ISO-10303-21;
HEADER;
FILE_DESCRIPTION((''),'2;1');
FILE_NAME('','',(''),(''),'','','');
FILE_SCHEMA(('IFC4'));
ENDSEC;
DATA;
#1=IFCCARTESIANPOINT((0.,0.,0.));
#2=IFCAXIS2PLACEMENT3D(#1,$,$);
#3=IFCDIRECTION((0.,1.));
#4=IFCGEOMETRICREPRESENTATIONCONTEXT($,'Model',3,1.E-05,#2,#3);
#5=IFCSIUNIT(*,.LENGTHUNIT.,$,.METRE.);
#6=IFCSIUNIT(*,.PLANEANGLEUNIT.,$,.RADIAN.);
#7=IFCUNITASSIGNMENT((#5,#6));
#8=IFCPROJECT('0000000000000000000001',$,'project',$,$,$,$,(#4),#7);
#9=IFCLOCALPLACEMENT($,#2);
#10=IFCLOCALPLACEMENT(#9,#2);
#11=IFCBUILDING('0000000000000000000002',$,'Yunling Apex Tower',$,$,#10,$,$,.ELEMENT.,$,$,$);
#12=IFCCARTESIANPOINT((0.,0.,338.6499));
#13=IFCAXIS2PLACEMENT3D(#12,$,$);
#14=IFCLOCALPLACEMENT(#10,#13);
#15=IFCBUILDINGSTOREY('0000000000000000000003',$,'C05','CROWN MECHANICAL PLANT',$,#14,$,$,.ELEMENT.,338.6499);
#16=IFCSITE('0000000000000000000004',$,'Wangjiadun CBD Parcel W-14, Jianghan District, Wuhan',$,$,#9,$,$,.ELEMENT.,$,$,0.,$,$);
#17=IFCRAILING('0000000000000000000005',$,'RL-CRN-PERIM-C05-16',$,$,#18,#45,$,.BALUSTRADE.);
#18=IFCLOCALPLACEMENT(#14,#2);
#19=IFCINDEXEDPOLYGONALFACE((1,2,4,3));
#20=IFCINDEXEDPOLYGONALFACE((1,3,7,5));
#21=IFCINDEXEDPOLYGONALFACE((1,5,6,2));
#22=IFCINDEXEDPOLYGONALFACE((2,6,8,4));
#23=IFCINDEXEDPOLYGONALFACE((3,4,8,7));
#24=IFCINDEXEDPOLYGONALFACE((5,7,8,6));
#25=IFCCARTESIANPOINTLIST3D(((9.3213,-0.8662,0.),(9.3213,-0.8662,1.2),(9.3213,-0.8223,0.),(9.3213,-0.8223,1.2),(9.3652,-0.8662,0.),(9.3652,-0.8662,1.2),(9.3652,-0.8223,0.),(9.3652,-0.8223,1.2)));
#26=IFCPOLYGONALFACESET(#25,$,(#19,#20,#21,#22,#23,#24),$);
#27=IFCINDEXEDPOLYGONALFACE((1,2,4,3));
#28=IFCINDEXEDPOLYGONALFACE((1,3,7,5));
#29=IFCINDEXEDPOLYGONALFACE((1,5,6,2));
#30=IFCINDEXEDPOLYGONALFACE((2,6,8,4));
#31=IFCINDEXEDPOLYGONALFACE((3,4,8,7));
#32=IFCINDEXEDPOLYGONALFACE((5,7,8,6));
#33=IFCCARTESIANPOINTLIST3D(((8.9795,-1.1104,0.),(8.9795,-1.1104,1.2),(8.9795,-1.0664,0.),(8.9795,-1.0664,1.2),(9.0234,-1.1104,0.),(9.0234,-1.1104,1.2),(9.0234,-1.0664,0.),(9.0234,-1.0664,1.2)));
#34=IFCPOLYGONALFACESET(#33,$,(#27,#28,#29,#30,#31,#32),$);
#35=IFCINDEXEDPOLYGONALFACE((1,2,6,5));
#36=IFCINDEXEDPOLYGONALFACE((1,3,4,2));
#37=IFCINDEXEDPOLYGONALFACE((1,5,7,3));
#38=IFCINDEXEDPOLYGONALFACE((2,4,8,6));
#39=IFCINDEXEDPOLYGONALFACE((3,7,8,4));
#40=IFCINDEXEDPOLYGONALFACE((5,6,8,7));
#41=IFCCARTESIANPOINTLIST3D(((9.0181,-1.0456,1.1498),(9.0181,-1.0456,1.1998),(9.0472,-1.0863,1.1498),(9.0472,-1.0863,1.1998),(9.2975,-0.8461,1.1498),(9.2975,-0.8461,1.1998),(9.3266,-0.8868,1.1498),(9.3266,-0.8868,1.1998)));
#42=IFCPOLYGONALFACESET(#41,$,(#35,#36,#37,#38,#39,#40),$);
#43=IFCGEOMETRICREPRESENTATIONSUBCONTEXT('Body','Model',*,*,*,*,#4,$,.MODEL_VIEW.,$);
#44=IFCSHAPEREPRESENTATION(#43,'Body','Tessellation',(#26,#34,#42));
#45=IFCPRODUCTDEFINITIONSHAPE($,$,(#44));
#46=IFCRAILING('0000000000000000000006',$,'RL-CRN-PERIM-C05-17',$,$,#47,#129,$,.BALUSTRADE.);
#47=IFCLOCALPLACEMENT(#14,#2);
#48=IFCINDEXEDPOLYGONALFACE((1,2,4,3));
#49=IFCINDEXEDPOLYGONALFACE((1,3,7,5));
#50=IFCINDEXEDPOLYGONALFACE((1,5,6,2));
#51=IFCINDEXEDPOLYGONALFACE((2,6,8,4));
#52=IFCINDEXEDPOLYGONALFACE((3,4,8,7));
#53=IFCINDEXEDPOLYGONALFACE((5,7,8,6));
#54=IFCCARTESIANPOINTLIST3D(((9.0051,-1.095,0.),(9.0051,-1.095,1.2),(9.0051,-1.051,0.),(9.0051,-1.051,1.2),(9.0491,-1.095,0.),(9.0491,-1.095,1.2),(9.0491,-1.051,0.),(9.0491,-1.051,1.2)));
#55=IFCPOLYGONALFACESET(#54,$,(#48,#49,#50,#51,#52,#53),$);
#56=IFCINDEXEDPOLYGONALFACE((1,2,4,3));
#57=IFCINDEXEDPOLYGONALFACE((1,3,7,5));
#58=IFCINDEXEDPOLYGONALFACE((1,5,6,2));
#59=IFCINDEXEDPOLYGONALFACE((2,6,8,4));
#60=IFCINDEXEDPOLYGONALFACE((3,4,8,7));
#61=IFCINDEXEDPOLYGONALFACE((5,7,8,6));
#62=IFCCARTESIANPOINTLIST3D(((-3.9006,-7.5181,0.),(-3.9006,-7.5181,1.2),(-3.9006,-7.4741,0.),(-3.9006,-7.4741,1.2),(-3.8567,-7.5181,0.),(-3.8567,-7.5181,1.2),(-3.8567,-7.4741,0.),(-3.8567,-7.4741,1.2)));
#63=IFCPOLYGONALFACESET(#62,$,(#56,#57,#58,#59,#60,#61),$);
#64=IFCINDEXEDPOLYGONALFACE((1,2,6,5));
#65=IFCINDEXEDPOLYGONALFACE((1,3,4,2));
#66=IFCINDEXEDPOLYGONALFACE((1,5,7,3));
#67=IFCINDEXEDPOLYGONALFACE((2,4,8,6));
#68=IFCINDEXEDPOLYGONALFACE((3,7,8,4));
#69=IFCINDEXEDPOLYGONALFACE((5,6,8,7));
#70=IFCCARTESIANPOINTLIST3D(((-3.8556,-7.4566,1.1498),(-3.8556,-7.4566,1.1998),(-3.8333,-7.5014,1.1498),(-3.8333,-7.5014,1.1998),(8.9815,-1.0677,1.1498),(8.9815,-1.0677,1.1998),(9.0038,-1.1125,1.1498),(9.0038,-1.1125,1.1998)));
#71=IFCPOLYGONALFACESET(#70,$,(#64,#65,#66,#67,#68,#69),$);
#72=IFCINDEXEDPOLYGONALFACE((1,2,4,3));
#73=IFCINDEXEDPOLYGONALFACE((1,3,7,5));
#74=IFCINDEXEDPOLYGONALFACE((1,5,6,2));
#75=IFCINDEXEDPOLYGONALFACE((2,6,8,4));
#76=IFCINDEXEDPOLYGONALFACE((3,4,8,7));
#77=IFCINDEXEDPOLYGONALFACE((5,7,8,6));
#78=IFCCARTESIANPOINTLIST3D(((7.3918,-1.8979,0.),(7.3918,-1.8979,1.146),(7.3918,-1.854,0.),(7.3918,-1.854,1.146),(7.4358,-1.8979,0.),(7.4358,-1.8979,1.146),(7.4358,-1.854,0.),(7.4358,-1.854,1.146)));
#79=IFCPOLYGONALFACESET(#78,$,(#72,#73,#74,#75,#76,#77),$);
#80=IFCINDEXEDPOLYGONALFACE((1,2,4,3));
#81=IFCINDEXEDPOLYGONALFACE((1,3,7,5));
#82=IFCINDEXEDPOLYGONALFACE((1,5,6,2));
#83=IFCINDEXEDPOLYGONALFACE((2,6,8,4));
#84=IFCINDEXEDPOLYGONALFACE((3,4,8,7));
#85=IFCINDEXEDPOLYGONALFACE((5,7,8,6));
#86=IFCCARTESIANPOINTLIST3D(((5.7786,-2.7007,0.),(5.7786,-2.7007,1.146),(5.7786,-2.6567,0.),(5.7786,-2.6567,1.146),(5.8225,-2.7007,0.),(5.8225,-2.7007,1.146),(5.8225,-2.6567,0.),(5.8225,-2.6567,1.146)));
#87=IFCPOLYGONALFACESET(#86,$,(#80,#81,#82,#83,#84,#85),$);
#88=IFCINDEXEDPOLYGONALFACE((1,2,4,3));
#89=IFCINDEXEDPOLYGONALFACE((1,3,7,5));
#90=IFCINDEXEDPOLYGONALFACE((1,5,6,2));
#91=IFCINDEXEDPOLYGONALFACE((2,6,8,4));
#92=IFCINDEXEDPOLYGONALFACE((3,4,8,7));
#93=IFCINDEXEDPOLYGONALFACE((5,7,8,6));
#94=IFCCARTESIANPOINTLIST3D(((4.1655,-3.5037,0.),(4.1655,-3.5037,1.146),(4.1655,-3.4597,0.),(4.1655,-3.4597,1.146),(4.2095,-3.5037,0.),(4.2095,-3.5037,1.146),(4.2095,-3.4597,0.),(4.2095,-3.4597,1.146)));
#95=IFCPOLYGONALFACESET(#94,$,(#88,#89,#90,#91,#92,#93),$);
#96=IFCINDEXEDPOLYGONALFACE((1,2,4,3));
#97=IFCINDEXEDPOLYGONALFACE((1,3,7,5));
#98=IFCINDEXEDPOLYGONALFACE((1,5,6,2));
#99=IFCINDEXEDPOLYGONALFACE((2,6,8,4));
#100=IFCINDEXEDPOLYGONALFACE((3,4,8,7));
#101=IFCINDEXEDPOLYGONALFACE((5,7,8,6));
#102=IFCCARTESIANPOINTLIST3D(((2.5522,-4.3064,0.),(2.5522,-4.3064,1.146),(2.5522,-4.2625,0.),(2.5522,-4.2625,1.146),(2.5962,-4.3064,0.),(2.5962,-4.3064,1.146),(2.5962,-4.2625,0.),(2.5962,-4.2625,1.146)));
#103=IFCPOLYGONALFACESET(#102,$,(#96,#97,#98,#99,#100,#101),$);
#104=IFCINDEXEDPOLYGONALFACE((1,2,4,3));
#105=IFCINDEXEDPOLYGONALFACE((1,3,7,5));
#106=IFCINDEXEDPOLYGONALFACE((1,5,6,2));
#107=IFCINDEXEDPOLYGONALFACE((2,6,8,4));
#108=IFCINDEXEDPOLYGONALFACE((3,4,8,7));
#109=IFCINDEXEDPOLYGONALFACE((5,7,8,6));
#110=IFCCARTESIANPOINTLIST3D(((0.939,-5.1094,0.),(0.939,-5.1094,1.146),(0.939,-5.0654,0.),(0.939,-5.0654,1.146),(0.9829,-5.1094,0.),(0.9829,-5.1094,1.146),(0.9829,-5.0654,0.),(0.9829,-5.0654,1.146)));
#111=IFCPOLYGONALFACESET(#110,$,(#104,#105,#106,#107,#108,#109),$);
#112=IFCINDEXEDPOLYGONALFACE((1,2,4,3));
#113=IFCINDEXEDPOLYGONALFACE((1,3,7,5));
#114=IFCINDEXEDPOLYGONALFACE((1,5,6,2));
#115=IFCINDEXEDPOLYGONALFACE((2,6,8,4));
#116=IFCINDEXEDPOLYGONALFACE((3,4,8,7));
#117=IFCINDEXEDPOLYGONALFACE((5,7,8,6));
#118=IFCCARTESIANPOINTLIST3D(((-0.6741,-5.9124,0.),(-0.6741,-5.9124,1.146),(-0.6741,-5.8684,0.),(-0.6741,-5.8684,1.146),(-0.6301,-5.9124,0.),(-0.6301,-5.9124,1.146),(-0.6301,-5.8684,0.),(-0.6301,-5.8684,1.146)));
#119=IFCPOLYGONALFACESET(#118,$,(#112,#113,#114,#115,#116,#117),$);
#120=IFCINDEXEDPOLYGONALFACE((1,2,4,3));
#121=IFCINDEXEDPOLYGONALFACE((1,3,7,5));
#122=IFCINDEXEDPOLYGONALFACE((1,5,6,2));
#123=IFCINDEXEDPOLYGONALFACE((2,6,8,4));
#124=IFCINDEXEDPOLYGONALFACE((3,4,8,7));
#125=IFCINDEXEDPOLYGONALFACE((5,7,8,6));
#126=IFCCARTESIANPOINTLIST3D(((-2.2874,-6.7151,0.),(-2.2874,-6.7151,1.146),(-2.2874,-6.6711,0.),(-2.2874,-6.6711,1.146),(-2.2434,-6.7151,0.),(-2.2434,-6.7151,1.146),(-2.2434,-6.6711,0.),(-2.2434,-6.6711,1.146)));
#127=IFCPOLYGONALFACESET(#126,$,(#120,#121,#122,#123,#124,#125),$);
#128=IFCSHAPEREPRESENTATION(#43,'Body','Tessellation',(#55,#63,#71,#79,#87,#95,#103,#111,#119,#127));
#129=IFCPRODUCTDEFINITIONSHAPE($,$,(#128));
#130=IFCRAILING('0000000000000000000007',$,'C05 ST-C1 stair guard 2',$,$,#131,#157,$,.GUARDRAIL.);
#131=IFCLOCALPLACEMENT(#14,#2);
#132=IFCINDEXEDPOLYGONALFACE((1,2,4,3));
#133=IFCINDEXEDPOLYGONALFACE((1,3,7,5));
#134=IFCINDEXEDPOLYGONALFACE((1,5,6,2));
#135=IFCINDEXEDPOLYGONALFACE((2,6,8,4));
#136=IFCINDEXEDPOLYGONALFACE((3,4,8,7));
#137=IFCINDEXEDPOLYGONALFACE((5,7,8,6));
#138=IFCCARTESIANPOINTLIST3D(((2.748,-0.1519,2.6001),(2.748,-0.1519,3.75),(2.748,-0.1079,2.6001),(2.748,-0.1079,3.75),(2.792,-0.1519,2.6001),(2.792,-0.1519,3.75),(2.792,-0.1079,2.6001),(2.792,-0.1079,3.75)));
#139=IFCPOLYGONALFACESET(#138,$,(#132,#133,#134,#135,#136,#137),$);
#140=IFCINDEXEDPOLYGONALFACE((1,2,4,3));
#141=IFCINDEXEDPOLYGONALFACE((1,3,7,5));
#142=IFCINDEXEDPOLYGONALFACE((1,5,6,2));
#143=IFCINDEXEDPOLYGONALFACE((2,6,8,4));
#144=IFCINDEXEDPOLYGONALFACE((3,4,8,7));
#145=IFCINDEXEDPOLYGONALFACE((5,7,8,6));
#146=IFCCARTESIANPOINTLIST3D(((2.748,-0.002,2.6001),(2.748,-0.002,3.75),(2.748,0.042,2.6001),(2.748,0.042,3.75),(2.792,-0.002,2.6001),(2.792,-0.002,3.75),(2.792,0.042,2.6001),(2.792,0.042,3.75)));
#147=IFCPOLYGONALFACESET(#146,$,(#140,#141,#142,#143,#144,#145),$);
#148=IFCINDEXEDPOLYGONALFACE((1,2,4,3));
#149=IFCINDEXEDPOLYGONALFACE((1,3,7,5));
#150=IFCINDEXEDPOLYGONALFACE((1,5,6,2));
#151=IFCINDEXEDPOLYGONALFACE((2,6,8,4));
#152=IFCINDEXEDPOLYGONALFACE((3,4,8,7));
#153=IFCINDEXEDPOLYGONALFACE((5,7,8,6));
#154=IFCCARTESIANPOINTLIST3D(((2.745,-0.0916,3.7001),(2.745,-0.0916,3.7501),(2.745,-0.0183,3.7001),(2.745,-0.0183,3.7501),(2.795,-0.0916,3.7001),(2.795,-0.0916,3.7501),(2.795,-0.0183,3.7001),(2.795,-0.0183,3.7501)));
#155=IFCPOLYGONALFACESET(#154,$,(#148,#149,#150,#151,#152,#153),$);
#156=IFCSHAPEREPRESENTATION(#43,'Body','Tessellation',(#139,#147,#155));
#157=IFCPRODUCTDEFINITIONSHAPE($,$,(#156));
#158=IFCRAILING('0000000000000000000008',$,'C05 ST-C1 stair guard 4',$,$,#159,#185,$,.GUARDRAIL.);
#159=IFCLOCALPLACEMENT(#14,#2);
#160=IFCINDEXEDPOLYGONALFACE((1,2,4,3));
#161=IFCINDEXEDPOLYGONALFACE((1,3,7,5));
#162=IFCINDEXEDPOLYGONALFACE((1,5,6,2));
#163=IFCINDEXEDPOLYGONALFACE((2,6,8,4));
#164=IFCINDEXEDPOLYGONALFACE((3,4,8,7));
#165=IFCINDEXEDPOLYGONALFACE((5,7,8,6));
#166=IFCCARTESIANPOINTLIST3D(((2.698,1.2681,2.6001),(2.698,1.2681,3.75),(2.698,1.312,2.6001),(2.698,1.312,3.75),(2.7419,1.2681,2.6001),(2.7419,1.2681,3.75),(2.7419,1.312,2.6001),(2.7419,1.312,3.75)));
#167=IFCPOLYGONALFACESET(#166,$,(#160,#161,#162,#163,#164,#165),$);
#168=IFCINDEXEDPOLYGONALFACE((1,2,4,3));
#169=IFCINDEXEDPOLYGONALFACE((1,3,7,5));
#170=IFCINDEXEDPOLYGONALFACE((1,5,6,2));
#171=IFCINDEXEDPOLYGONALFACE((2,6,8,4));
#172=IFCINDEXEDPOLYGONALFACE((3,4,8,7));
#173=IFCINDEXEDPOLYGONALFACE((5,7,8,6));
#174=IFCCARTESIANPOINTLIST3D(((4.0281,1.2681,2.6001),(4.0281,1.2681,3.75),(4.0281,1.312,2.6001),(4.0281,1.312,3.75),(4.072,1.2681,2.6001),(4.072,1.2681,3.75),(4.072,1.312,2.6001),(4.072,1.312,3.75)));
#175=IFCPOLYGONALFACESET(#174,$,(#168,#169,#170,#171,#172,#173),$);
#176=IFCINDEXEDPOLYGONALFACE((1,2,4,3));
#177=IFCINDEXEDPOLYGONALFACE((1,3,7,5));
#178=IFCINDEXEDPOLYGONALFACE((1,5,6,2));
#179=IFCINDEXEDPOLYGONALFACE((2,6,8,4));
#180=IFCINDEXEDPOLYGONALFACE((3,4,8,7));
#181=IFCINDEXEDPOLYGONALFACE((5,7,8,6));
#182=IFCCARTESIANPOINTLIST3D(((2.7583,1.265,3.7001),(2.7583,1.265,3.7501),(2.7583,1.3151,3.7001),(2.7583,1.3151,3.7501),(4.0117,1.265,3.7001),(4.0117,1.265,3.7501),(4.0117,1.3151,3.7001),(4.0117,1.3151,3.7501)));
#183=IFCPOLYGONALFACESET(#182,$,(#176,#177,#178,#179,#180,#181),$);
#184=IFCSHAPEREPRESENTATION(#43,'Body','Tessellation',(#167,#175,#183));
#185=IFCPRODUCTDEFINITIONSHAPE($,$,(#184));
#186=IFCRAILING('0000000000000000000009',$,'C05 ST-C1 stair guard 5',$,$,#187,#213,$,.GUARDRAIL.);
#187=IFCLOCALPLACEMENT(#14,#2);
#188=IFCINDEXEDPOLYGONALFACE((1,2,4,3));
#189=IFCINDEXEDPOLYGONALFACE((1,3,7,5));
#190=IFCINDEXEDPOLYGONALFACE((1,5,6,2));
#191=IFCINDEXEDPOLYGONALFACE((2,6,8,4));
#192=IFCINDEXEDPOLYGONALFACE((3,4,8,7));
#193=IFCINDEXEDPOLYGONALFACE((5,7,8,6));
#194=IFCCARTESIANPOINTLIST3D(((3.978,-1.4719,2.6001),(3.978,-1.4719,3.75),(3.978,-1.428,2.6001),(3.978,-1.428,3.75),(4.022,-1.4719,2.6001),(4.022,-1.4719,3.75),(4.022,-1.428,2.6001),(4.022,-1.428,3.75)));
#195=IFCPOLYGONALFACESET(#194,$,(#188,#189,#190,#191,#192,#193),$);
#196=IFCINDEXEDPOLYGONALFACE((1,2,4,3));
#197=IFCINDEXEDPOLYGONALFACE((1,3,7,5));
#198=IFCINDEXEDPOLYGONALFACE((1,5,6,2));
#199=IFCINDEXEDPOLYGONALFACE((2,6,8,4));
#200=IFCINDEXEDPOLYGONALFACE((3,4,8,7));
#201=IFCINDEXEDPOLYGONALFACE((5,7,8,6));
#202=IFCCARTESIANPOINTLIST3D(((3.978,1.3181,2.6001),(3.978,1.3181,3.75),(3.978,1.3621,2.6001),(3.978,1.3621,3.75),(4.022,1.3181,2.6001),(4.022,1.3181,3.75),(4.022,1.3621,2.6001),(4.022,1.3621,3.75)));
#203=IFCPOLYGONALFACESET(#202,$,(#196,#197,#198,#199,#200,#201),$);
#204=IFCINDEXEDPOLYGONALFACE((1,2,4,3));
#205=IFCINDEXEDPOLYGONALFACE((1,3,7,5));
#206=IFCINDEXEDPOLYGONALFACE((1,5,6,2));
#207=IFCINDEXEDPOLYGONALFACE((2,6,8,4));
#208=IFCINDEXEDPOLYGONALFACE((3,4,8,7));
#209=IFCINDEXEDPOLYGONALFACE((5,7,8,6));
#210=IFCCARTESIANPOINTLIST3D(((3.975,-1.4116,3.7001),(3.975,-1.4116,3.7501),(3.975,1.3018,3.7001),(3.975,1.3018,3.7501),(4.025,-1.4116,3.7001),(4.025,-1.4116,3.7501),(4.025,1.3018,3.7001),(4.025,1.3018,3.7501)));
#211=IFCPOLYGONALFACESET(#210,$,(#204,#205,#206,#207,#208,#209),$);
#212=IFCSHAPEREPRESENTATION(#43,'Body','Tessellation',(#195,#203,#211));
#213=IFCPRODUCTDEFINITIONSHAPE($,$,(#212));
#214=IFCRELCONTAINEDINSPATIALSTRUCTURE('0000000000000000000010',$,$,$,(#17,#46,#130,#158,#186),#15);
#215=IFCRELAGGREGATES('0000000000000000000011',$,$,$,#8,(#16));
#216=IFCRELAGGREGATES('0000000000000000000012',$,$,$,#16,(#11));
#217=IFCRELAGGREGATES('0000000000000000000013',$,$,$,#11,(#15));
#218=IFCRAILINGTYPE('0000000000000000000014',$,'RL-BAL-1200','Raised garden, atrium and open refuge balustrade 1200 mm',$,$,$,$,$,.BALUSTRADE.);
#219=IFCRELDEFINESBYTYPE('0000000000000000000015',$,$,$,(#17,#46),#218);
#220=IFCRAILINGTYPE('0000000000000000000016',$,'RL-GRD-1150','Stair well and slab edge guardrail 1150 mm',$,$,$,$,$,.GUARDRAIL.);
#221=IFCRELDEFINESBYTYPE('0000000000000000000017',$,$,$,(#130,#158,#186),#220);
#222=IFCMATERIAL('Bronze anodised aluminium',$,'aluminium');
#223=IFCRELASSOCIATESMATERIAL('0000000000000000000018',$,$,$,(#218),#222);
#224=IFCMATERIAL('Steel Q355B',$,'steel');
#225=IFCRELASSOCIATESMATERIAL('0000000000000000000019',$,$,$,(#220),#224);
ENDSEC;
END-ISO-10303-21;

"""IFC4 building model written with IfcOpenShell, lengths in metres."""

from ifc_helpers import new_model, si_unit, direction, frame, origin, origin_2d, place, context, subcontext, project, spatial, rectangle, extrude, material, type_object, element, save


model = new_model("IFC4")

# Units and contexts
model_context = context("Model", 3, precision=1e-05, world=origin(), true_north=direction((0.0, 1.0)))
body_context = subcontext(model_context, "Body", "Model", "MODEL_VIEW")
ifc_project = project(units=[si_unit("LENGTHUNIT", "METRE"), si_unit("PLANEANGLEUNIT", "RADIAN")], contexts=[model_context])

# Site, building, storey
site_placement = place(None, origin())
site = spatial("IfcSite", under=ifc_project, at=site_placement, Name="Wangjiadun CBD Parcel W-14, Jianghan District, Wuhan", CompositionType="ELEMENT", RefElevation=0.0)
building_placement = place(site_placement, origin())
building = spatial("IfcBuilding", under=site, at=building_placement, Name="Yunling Apex Tower", CompositionType="ELEMENT")
storey_placement = place(building_placement, frame((0.0, 0.0, 338.6499)))
storey = spatial("IfcBuildingStorey", under=building, at=storey_placement, Name="C05", Description="CROWN MECHANICAL PLANT", CompositionType="ELEMENT", Elevation=338.6499)

# Shared definitions
ifc_material_1 = material(Name="Steel Q355B", Category="steel")

# Shared definitions
ifc_material_2 = material(Name="Bronze anodised aluminium", Category="aluminium")

# Railings
railing_type_1 = type_object("IfcRailingType", Name="RL-BAL-1200", Description="Raised garden, atrium and open refuge balustrade 1200 mm", PredefinedType="BALUSTRADE", material=ifc_material_2)
railing_1_placement = place(storey_placement, frame((9.3433, -0.8442, 0.0)))
element("IfcRailing", 1, at=railing_1_placement, inside=storey, type_object=railing_type_1, Name="RL-CRN-PERIM-C05-16", PredefinedType="BALUSTRADE", context=body_context, shape_type="SweptSolid", body=[
    extrude(rectangle(XDim=0.0439, YDim=0.0439, at=origin_2d()), origin(), (0.0, 0.0, 1.0), 1.2),
    extrude(rectangle(XDim=0.0439, YDim=0.0439, at=origin_2d()), frame((-0.3418, -0.2441, 0.0)), (0.0, 0.0, 1.0), 1.2),
    extrude(rectangle(XDim=0.05, YDim=0.05, at=origin_2d()), frame((-0.0312, -0.0222, 1.1748), z_axis=(-0.813733, -0.581238, 0.0), x_axis=(0.581238, -0.813733, 0.0)), (0.0, 0.0, 1.0), 0.3433),
])
railing_2_placement = place(storey_placement, frame((9.0271, -1.073, 0.0)))
element("IfcRailing", 2, at=railing_2_placement, inside=storey, type_object=railing_type_1, Name="RL-CRN-PERIM-C05-17", PredefinedType="BALUSTRADE", context=body_context, shape_type="SweptSolid", body=[
    extrude(rectangle(XDim=0.0439, YDim=0.0439, at=origin_2d()), origin(), (0.0, 0.0, 1.0), 1.2),
    extrude(rectangle(XDim=0.0439, YDim=0.0439, at=origin_2d()), frame((-12.9058, -6.4231, 0.0)), (0.0, 0.0, 1.0), 1.2),
    extrude(rectangle(XDim=0.05, YDim=0.05, at=origin_2d()), frame((-0.0344, -0.0171, 1.1748), z_axis=(-0.895252, -0.44556, 0.0), x_axis=(0.44556, -0.895252, 0.0)), (0.0, 0.0, 1.0), 14.3391),
    extrude(rectangle(XDim=0.0439, YDim=0.0439, at=origin_2d()), frame((-1.6133, -0.803, 0.0)), (0.0, 0.0, 1.0), 1.146),
    extrude(rectangle(XDim=0.0439, YDim=0.0439, at=origin_2d()), frame((-3.2266, -1.6057, 0.0)), (0.0, 0.0, 1.0), 1.146),
    extrude(rectangle(XDim=0.0439, YDim=0.0439, at=origin_2d()), frame((-4.8396, -2.4087, 0.0)), (0.0, 0.0, 1.0), 1.146),
    extrude(rectangle(XDim=0.0439, YDim=0.0439, at=origin_2d()), frame((-6.4529, -3.2114, 0.0)), (0.0, 0.0, 1.0), 1.146),
    extrude(rectangle(XDim=0.0439, YDim=0.0439, at=origin_2d()), frame((-8.0662, -4.0144, 0.0)), (0.0, 0.0, 1.0), 1.146),
    extrude(rectangle(XDim=0.0439, YDim=0.0439, at=origin_2d()), frame((-9.6792, -4.8174, 0.0)), (0.0, 0.0, 1.0), 1.146),
    extrude(rectangle(XDim=0.0439, YDim=0.0439, at=origin_2d()), frame((-11.2925, -5.6201, 0.0)), (0.0, 0.0, 1.0), 1.146),
])
railing_type_2 = type_object("IfcRailingType", Name="RL-GRD-1150", Description="Stair well and slab edge guardrail 1150 mm", PredefinedType="GUARDRAIL", material=ifc_material_1)
railing_3_placement = place(storey_placement, frame((2.77, -0.1299, 2.6001)))
element("IfcRailing", 3, at=railing_3_placement, inside=storey, type_object=railing_type_2, Name="C05 ST-C1 stair guard 2", PredefinedType="GUARDRAIL", context=body_context, shape_type="SweptSolid", body=[
    extrude(rectangle(XDim=0.0439, YDim=0.0439, at=origin_2d()), origin(), (0.0, 0.0, 1.0), 1.1499),
    extrude(rectangle(XDim=0.0439, YDim=0.0439, at=origin_2d()), frame((0.0, 0.1499, 0.0)), (0.0, 0.0, 1.0), 1.1499),
    extrude(rectangle(XDim=0.05, YDim=0.05, at=origin_2d()), frame((0.0, 0.0383, 1.125), z_axis=(0.0, 1.0, 0.0), x_axis=(-1.0, 0.0, 0.0)), (0.0, 0.0, 1.0), 0.0732),
])
railing_4_placement = place(storey_placement, frame((2.72, 1.29, 2.6001)))
element("IfcRailing", 4, at=railing_4_placement, inside=storey, type_object=railing_type_2, Name="C05 ST-C1 stair guard 4", PredefinedType="GUARDRAIL", context=body_context, shape_type="SweptSolid", body=[
    extrude(rectangle(XDim=0.0439, YDim=0.0439, at=origin_2d()), origin(), (0.0, 0.0, 1.0), 1.1499),
    extrude(rectangle(XDim=0.0439, YDim=0.0439, at=origin_2d()), frame((1.3301, 0.0, 0.0)), (0.0, 0.0, 1.0), 1.1499),
    extrude(rectangle(XDim=0.05, YDim=0.05, at=origin_2d()), frame((0.0383, 0.0, 1.125), z_axis=(1.0, 0.0, 0.0), x_axis=(0.0, 1.0, 0.0)), (0.0, 0.0, 1.0), 1.2534),
])
railing_5_placement = place(storey_placement, frame((4.0, -1.45, 2.6001)))
element("IfcRailing", 5, at=railing_5_placement, inside=storey, type_object=railing_type_2, Name="C05 ST-C1 stair guard 5", PredefinedType="GUARDRAIL", context=body_context, shape_type="SweptSolid", body=[
    extrude(rectangle(XDim=0.0439, YDim=0.0439, at=origin_2d()), origin(), (0.0, 0.0, 1.0), 1.1499),
    extrude(rectangle(XDim=0.0439, YDim=0.0439, at=origin_2d()), frame((0.0, 2.79, 0.0)), (0.0, 0.0, 1.0), 1.1499),
    extrude(rectangle(XDim=0.05, YDim=0.05, at=origin_2d()), frame((0.0, 0.0383, 1.125), z_axis=(0.0, 1.0, 0.0), x_axis=(-1.0, 0.0, 0.0)), (0.0, 0.0, 1.0), 2.7134),
])

save(model, "model.ifc")
